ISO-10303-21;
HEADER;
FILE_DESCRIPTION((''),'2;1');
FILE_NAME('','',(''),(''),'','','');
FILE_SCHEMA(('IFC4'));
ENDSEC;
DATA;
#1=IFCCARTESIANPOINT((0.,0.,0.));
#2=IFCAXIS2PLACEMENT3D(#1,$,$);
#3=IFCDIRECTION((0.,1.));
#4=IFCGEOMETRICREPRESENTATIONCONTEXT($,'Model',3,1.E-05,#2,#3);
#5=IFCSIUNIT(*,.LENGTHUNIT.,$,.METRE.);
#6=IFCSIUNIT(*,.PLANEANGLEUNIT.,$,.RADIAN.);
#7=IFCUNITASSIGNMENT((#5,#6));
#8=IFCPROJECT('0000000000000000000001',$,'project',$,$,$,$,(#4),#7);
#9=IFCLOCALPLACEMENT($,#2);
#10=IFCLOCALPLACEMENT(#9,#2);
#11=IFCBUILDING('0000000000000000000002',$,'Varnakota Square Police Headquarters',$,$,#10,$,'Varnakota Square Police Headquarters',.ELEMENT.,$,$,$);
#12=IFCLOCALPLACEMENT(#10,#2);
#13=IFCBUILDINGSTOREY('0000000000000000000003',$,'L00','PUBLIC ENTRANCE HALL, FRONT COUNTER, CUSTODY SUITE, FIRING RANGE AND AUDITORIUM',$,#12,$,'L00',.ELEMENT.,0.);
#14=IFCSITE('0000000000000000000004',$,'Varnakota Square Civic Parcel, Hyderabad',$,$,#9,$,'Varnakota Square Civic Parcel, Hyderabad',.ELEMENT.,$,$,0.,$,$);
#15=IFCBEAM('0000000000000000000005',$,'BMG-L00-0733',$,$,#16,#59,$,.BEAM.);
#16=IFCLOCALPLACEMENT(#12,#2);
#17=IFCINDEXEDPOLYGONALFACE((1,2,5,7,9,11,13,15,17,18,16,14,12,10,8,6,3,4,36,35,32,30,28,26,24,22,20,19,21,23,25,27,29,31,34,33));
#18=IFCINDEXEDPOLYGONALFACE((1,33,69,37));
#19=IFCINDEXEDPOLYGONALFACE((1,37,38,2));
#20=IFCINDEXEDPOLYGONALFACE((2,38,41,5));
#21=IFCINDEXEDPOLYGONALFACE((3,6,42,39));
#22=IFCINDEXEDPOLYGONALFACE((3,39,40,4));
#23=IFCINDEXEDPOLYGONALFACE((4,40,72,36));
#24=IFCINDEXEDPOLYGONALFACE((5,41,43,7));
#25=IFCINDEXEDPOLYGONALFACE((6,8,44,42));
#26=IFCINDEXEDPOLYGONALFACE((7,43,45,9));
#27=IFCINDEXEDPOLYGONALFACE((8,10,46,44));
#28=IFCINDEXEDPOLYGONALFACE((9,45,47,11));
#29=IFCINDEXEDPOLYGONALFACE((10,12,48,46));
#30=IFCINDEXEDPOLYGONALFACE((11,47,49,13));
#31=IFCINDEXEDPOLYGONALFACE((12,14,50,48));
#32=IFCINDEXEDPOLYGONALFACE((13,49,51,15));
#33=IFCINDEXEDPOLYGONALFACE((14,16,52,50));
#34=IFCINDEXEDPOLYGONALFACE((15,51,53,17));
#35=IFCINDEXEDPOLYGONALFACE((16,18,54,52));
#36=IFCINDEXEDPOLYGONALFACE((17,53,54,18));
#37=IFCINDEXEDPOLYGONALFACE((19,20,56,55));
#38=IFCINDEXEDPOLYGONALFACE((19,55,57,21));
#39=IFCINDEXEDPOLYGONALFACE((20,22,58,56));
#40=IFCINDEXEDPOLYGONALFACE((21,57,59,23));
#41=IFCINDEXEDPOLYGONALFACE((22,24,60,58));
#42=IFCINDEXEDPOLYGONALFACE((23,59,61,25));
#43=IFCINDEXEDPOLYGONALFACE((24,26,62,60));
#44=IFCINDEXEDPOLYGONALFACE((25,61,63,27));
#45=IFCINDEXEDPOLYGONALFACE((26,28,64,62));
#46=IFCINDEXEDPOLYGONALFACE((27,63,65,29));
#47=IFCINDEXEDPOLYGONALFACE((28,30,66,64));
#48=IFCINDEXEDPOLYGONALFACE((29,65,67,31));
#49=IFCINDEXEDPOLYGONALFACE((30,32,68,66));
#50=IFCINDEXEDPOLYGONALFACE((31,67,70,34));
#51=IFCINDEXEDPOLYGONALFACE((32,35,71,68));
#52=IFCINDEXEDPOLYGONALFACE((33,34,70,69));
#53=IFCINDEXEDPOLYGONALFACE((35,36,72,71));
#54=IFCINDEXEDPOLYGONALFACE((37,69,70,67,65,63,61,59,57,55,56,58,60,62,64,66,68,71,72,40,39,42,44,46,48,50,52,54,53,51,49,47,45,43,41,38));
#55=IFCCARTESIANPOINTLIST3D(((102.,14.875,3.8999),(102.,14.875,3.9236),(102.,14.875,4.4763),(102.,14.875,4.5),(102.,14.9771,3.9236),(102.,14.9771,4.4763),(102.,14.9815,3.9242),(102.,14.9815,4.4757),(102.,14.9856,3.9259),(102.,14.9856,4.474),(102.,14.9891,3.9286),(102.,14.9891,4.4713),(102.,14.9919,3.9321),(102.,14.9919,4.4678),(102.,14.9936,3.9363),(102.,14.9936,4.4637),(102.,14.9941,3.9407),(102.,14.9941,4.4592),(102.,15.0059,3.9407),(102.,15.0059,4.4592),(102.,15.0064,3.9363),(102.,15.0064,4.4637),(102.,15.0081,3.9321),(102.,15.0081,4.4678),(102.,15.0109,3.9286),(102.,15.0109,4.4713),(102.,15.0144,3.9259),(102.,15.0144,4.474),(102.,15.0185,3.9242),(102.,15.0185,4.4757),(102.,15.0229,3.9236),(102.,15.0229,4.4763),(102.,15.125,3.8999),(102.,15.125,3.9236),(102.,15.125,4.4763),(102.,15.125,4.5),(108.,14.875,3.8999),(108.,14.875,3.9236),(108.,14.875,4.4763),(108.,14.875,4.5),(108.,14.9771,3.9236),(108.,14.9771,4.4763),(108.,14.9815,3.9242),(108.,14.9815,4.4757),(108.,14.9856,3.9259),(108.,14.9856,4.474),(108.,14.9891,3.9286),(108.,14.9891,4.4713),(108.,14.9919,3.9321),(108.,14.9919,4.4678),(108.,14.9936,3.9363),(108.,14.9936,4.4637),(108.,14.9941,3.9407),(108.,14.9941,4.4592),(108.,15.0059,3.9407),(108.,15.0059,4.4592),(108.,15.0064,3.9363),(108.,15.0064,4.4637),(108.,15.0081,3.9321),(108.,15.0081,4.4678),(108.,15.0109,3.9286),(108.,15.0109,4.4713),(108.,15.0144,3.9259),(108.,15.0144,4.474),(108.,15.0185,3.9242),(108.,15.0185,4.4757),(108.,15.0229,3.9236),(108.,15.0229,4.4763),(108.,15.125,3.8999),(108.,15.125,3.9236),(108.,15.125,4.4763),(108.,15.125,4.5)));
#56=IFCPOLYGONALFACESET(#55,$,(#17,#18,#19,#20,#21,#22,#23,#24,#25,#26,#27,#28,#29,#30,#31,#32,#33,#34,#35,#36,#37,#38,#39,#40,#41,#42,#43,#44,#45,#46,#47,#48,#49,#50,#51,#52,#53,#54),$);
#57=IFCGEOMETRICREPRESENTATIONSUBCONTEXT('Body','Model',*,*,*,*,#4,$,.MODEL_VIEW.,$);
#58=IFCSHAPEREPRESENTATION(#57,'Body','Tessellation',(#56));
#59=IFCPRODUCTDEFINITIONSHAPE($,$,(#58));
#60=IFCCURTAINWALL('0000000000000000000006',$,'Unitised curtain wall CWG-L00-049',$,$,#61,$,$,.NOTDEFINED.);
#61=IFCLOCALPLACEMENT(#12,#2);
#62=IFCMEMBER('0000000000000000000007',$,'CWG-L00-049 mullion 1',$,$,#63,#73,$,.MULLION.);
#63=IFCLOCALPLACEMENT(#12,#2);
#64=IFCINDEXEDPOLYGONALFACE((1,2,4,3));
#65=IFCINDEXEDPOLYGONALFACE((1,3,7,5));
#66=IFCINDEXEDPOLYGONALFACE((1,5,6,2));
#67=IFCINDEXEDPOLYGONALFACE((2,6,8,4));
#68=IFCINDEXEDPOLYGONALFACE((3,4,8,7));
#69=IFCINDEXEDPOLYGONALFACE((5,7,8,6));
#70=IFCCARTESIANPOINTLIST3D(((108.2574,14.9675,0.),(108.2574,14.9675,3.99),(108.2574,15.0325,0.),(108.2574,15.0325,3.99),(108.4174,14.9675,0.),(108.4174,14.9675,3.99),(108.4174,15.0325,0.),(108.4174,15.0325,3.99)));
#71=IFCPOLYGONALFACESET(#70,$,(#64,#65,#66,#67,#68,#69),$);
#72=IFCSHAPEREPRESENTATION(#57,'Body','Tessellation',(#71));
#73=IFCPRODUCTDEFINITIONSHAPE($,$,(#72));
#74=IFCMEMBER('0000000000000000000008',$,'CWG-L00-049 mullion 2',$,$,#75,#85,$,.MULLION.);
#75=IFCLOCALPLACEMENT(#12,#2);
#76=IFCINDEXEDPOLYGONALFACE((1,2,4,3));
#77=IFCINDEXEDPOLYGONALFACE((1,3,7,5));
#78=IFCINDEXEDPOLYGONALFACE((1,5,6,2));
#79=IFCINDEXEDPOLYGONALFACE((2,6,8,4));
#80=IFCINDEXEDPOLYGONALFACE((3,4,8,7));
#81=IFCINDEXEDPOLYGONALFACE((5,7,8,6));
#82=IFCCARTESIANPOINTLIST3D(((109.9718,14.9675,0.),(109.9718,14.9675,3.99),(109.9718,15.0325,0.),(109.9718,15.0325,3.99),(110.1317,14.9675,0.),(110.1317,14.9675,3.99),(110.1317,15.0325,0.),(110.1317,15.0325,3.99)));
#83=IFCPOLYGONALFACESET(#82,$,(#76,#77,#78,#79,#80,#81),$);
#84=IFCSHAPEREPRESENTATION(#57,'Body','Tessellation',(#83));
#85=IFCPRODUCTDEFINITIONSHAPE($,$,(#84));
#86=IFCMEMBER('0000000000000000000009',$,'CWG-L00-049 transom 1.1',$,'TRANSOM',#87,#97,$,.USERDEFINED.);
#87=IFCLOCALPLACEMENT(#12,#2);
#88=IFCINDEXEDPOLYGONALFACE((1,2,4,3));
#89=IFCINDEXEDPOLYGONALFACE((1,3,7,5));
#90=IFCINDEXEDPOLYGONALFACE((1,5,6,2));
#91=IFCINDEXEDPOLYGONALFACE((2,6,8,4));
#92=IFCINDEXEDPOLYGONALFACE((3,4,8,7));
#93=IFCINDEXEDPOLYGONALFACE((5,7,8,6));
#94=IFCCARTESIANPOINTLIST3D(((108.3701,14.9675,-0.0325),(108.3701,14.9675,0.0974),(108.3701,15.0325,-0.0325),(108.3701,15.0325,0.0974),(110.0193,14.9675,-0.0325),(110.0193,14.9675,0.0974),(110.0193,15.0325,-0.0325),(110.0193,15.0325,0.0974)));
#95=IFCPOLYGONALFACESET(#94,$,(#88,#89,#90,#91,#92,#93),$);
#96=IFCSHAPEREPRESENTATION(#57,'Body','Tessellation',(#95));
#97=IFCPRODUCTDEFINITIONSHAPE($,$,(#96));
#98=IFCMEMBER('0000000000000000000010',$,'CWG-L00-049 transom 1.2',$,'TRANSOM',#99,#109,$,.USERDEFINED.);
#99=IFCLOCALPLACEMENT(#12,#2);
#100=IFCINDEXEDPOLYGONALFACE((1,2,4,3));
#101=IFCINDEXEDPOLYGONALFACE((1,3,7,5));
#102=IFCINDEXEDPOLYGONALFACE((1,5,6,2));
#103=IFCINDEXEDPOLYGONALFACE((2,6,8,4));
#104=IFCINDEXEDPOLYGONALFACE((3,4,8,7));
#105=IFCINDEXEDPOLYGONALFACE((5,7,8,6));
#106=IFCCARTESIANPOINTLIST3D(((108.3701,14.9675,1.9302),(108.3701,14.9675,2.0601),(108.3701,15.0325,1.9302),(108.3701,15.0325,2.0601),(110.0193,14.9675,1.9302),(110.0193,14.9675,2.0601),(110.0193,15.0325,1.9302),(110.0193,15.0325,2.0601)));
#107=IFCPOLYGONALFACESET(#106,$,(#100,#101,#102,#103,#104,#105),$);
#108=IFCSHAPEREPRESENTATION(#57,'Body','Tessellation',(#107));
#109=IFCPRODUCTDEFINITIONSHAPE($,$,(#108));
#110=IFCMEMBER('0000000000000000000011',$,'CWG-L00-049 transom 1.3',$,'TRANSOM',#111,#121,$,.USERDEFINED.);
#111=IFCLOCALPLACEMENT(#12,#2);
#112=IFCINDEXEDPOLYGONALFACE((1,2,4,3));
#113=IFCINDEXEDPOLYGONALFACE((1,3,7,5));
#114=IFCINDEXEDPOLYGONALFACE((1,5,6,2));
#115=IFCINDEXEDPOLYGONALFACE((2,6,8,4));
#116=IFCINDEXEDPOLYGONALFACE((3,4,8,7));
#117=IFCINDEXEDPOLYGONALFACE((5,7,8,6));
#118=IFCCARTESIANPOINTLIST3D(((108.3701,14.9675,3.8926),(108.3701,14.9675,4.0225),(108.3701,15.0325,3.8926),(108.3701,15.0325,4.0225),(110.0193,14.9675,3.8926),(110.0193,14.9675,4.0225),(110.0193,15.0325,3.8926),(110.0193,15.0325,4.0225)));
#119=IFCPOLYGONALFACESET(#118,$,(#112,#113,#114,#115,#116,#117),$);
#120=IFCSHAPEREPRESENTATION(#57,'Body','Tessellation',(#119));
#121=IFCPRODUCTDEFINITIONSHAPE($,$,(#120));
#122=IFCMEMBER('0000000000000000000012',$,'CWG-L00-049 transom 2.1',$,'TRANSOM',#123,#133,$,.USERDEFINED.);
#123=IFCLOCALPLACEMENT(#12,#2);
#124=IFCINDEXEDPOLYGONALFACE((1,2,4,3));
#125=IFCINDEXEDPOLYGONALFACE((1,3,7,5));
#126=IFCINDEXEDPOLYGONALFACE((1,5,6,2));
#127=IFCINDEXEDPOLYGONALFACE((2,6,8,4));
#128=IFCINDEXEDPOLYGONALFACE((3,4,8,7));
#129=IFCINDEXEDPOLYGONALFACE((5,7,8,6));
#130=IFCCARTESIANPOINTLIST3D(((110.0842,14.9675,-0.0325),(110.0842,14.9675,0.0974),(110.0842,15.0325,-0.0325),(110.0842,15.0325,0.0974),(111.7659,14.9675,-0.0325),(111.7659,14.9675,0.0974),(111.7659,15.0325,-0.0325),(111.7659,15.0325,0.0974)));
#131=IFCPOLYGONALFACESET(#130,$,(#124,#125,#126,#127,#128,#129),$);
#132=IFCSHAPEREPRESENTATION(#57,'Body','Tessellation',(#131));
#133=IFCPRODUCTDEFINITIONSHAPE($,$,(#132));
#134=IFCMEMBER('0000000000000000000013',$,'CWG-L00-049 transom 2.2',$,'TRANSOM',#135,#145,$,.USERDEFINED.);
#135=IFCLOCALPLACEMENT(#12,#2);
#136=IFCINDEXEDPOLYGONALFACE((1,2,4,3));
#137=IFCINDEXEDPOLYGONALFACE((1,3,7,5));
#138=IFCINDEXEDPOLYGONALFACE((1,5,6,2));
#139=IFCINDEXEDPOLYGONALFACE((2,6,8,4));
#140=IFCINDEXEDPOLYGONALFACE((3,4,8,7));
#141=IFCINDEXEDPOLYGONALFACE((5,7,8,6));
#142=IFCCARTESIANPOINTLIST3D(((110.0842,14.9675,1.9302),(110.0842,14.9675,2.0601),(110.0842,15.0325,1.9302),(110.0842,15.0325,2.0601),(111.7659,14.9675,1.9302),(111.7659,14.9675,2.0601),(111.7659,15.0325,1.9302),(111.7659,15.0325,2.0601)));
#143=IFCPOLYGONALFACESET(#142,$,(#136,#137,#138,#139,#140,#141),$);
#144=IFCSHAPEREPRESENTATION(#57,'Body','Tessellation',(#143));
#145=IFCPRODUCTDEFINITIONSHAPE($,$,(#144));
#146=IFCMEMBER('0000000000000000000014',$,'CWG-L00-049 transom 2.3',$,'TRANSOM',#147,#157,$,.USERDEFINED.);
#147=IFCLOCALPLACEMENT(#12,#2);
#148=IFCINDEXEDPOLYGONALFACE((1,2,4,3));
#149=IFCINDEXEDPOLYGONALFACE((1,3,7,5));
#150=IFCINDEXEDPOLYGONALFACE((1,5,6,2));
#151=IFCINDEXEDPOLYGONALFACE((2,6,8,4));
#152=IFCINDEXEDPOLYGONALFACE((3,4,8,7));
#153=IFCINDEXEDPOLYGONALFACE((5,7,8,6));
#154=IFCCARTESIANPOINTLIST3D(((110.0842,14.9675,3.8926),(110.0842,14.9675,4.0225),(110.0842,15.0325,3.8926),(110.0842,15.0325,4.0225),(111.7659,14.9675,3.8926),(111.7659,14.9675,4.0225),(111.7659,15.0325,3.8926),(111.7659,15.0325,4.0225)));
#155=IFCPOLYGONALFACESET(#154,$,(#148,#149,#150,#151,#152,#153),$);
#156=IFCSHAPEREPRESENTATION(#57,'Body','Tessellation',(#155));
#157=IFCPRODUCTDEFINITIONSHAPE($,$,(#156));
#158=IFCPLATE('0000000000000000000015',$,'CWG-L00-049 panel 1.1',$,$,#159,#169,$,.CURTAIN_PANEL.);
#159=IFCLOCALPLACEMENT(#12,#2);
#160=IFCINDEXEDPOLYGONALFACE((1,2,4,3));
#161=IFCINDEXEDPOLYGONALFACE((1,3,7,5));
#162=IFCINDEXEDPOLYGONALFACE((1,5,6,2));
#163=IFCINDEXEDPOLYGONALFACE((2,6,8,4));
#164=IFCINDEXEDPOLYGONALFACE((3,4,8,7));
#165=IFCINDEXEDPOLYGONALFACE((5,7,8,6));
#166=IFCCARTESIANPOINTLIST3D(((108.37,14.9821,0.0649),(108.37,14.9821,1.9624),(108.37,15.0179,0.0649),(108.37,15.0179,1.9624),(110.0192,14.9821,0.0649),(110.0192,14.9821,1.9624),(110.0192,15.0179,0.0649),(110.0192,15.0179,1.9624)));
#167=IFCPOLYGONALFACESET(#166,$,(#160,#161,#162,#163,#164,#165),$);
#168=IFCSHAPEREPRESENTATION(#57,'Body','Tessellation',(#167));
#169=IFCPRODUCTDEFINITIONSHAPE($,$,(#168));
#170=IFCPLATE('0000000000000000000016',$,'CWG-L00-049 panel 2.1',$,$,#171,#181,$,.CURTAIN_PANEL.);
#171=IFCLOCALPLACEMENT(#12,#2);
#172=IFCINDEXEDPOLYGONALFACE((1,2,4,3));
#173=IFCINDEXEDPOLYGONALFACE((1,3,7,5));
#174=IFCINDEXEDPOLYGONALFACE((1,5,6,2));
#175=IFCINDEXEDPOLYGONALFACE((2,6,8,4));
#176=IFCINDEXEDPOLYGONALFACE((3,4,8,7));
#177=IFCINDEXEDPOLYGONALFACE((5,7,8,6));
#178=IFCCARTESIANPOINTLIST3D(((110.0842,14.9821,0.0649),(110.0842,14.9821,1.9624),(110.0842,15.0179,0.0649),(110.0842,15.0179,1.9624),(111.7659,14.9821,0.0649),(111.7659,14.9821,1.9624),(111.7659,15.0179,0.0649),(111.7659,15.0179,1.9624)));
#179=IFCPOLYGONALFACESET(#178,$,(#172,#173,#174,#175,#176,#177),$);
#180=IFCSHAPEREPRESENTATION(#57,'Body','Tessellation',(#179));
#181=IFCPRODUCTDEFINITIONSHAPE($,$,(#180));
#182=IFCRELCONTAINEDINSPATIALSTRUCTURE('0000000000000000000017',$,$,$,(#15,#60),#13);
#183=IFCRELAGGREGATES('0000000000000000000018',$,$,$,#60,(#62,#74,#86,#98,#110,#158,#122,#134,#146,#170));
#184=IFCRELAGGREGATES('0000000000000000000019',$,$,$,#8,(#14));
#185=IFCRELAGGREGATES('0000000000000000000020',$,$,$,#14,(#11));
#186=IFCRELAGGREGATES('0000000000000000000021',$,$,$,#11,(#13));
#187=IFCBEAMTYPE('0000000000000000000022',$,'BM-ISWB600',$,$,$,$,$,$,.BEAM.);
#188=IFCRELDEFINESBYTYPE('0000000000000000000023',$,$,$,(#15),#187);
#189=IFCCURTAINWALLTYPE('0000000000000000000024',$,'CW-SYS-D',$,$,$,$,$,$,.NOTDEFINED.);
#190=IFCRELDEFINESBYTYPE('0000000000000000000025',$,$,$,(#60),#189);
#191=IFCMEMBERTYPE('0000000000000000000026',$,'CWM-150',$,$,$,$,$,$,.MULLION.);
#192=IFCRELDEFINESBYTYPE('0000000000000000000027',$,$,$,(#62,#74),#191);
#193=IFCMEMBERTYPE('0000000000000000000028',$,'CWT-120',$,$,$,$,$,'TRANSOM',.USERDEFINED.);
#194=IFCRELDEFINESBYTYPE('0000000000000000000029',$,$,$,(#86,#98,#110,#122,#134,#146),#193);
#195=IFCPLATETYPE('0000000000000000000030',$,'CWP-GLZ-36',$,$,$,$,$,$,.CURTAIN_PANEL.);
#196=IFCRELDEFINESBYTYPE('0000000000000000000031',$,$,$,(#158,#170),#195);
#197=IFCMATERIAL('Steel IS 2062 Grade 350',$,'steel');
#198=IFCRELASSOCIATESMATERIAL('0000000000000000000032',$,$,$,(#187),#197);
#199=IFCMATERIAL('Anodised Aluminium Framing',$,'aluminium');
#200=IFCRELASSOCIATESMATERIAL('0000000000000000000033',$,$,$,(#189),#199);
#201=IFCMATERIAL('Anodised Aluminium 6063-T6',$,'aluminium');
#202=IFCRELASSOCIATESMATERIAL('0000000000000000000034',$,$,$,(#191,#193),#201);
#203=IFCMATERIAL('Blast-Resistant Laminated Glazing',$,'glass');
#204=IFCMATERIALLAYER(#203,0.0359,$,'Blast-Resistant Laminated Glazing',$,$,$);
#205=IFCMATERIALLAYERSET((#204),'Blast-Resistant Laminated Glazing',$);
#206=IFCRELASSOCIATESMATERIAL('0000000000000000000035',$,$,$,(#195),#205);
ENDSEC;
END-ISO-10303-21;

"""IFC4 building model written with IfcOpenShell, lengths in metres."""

from ifc_helpers import new_model, si_unit, direction, frame, origin, origin_2d, place, context, subcontext, project, spatial, rectangle, i_section, extrude, material, layer, layer_set, material_profile, profile_set, type_object, element, aggregate, save


model = new_model("IFC4")

# Units and contexts
model_context = context("Model", 3, precision=1e-05, world=origin(), true_north=direction((0.0, 1.0)))
body_context = subcontext(model_context, "Body", "Model", "MODEL_VIEW")
ifc_project = project(units=[si_unit("LENGTHUNIT", "METRE"), si_unit("PLANEANGLEUNIT", "RADIAN")], contexts=[model_context])

# Site, building, storey
site_placement = place(None, origin())
site = spatial("IfcSite", under=ifc_project, at=site_placement, Name="Varnakota Square Civic Parcel, Hyderabad", LongName="Varnakota Square Civic Parcel, Hyderabad", CompositionType="ELEMENT", RefElevation=0.0)
building_placement = place(site_placement, origin())
building = spatial("IfcBuilding", under=site, at=building_placement, Name="Varnakota Square Police Headquarters", LongName="Varnakota Square Police Headquarters", CompositionType="ELEMENT")
storey_placement = place(building_placement, origin())
storey = spatial("IfcBuildingStorey", under=building, at=storey_placement, Name="L00", Description="PUBLIC ENTRANCE HALL, FRONT COUNTER, CUSTODY SUITE, FIRING RANGE AND AUDITORIUM", LongName="L00", CompositionType="ELEMENT", Elevation=0.0)

# Beam
ifc_material_1 = material(Name="Steel IS 2062 Grade 350", Category="steel")
ifc_material_profile_1 = material_profile(ifc_material_1, i_section(OverallWidth=0.25, OverallDepth=0.6001, WebThickness=0.0117, FlangeThickness=0.0237, FilletRadius=0.0171, at=origin_2d()), Name="ISWB 600")
ifc_profile_set_1 = profile_set([ifc_material_profile_1], Name="Steel IS 2062 Grade 350")
beam_type_1 = type_object("IfcBeamType", Name="BM-ISWB600", PredefinedType="BEAM", material=ifc_profile_set_1)
beam_1_placement = place(storey_placement, frame((102.0, 15.0, 4.2), z_axis=(1.0, 0.0, 0.0), x_axis=(0.0, 1.0, 0.0)))
element("IfcBeam", 1, at=beam_1_placement, inside=storey, type_object=beam_type_1, Name="BMG-L00-0733", PredefinedType="BEAM", context=body_context, shape_type="SweptSolid", body=[
    extrude(i_section(OverallWidth=0.25, OverallDepth=0.6001, WebThickness=0.0117, FlangeThickness=0.0237, FilletRadius=0.0171, at=origin_2d()), origin(), (0.0, 0.0, 1.0), 6.0),
])

# Curtain wall, members, plates
ifc_material_2 = material(Name="Anodised Aluminium Framing", Category="aluminium")
curtain_wall_type = type_object("IfcCurtainWallType", Name="CW-SYS-D", PredefinedType="NOTDEFINED", material=ifc_material_2)
curtain_wall_placement = place(storey_placement, origin())
curtain_wall = element("IfcCurtainWall", 2, at=curtain_wall_placement, inside=storey, type_object=curtain_wall_type, Name="Unitised curtain wall CWG-L00-049", PredefinedType="NOTDEFINED")
ifc_material_3 = material(Name="Anodised Aluminium 6063-T6", Category="aluminium")
ifc_material_profile_2 = material_profile(ifc_material_3, rectangle(XDim=0.0649, YDim=0.1599, at=origin_2d()), Name="ALU MULLION 65x160")
ifc_profile_set_2 = profile_set([ifc_material_profile_2], Name="Anodised Aluminium 6063-T6")
member_type_1 = type_object("IfcMemberType", Name="CWM-150", PredefinedType="MULLION", material=ifc_profile_set_2)
member_1_placement = place(storey_placement, frame((108.3374, 15.0, 0.0), z_axis=(0.0, 0.0, 1.0), x_axis=(0.0, 1.0, 0.0)))
member_1 = element("IfcMember", 3, at=member_1_placement, type_object=member_type_1, Name="CWG-L00-049 mullion 1", PredefinedType="MULLION", context=body_context, shape_type="SweptSolid", body=[
    extrude(rectangle(XDim=0.0649, YDim=0.1599, at=origin_2d()), origin(), (0.0, 0.0, 1.0), 3.99),
])
member_2_placement = place(storey_placement, frame((110.0518, 15.0, 0.0), z_axis=(0.0, 0.0, 1.0), x_axis=(0.0, 1.0, 0.0)))
member_2 = element("IfcMember", 4, at=member_2_placement, type_object=member_type_1, Name="CWG-L00-049 mullion 2", PredefinedType="MULLION", context=body_context, shape_type="SweptSolid", body=[
    extrude(rectangle(XDim=0.0649, YDim=0.1599, at=origin_2d()), origin(), (0.0, 0.0, 1.0), 3.99),
])
ifc_material_profile_3 = material_profile(ifc_material_3, rectangle(XDim=0.0649, YDim=0.1299, at=origin_2d()), Name="ALU TRANSOM 65x130")
ifc_profile_set_3 = profile_set([ifc_material_profile_3], Name="Anodised Aluminium 6063-T6")
member_type_2 = type_object("IfcMemberType", Name="CWT-120", ElementType="TRANSOM", PredefinedType="USERDEFINED", material=ifc_profile_set_3)
member_3_placement = place(storey_placement, frame((108.3701, 15.0, 0.0325), z_axis=(1.0, 0.0, 0.0), x_axis=(0.0, 1.0, 0.0)))
member_3 = element("IfcMember", 5, at=member_3_placement, type_object=member_type_2, Name="CWG-L00-049 transom 1.1", ObjectType="TRANSOM", PredefinedType="USERDEFINED", context=body_context, shape_type="SweptSolid", body=[
    extrude(rectangle(XDim=0.0649, YDim=0.1299, at=origin_2d()), origin(), (0.0, 0.0, 1.0), 1.6492),
])
member_4_placement = place(storey_placement, frame((108.3701, 15.0, 1.9951), z_axis=(1.0, 0.0, 0.0), x_axis=(0.0, 1.0, 0.0)))
member_4 = element("IfcMember", 6, at=member_4_placement, type_object=member_type_2, Name="CWG-L00-049 transom 1.2", ObjectType="TRANSOM", PredefinedType="USERDEFINED", context=body_context, shape_type="SweptSolid", body=[
    extrude(rectangle(XDim=0.0649, YDim=0.1299, at=origin_2d()), origin(), (0.0, 0.0, 1.0), 1.6492),
])
member_5_placement = place(storey_placement, frame((108.3701, 15.0, 3.9575), z_axis=(1.0, 0.0, 0.0), x_axis=(0.0, 1.0, 0.0)))
member_5 = element("IfcMember", 7, at=member_5_placement, type_object=member_type_2, Name="CWG-L00-049 transom 1.3", ObjectType="TRANSOM", PredefinedType="USERDEFINED", context=body_context, shape_type="SweptSolid", body=[
    extrude(rectangle(XDim=0.0649, YDim=0.1299, at=origin_2d()), origin(), (0.0, 0.0, 1.0), 1.6492),
])
member_6_placement = place(storey_placement, frame((110.0842, 15.0, 0.0325), z_axis=(1.0, 0.0, 0.0), x_axis=(0.0, 1.0, 0.0)))
member_6 = element("IfcMember", 8, at=member_6_placement, type_object=member_type_2, Name="CWG-L00-049 transom 2.1", ObjectType="TRANSOM", PredefinedType="USERDEFINED", context=body_context, shape_type="SweptSolid", body=[
    extrude(rectangle(XDim=0.0649, YDim=0.1299, at=origin_2d()), origin(), (0.0, 0.0, 1.0), 1.6816),
])
member_7_placement = place(storey_placement, frame((110.0842, 15.0, 1.9951), z_axis=(1.0, 0.0, 0.0), x_axis=(0.0, 1.0, 0.0)))
member_7 = element("IfcMember", 9, at=member_7_placement, type_object=member_type_2, Name="CWG-L00-049 transom 2.2", ObjectType="TRANSOM", PredefinedType="USERDEFINED", context=body_context, shape_type="SweptSolid", body=[
    extrude(rectangle(XDim=0.0649, YDim=0.1299, at=origin_2d()), origin(), (0.0, 0.0, 1.0), 1.6816),
])
member_8_placement = place(storey_placement, frame((110.0842, 15.0, 3.9575), z_axis=(1.0, 0.0, 0.0), x_axis=(0.0, 1.0, 0.0)))
member_8 = element("IfcMember", 10, at=member_8_placement, type_object=member_type_2, Name="CWG-L00-049 transom 2.3", ObjectType="TRANSOM", PredefinedType="USERDEFINED", context=body_context, shape_type="SweptSolid", body=[
    extrude(rectangle(XDim=0.0649, YDim=0.1299, at=origin_2d()), origin(), (0.0, 0.0, 1.0), 1.6816),
])
ifc_material_4 = material(Name="Blast-Resistant Laminated Glazing", Category="glass")
ifc_layer_1 = layer(ifc_material_4, 0.0359, Name="Blast-Resistant Laminated Glazing")
ifc_layer_set_1 = layer_set([ifc_layer_1], Name="Blast-Resistant Laminated Glazing")
plate_type_1 = type_object("IfcPlateType", Name="CWP-GLZ-36", PredefinedType="CURTAIN_PANEL", material=ifc_layer_set_1)
plate_1_placement = place(storey_placement, frame((109.1946, 15.0, 0.0649), z_axis=(0.0, 0.0, 1.0), x_axis=(1.0, 0.0, 0.0)))
plate_1 = element("IfcPlate", 11, at=plate_1_placement, type_object=plate_type_1, Name="CWG-L00-049 panel 1.1", PredefinedType="CURTAIN_PANEL", context=body_context, shape_type="SweptSolid", body=[
    extrude(rectangle(XDim=1.6492, YDim=0.0359, at=origin_2d()), origin(), (0.0, 0.0, 1.0), 1.8975),
])
plate_2_placement = place(storey_placement, frame((110.925, 15.0, 0.0649), z_axis=(0.0, 0.0, 1.0), x_axis=(1.0, 0.0, 0.0)))
plate_2 = element("IfcPlate", 12, at=plate_2_placement, type_object=plate_type_1, Name="CWG-L00-049 panel 2.1", PredefinedType="CURTAIN_PANEL", context=body_context, shape_type="SweptSolid", body=[
    extrude(rectangle(XDim=1.6816, YDim=0.0359, at=origin_2d()), origin(), (0.0, 0.0, 1.0), 1.8975),
])
aggregate(curtain_wall, [member_1, member_2, member_3, member_4, member_5, plate_1, member_6, member_7, member_8, plate_2])

save(model, "model.ifc")
